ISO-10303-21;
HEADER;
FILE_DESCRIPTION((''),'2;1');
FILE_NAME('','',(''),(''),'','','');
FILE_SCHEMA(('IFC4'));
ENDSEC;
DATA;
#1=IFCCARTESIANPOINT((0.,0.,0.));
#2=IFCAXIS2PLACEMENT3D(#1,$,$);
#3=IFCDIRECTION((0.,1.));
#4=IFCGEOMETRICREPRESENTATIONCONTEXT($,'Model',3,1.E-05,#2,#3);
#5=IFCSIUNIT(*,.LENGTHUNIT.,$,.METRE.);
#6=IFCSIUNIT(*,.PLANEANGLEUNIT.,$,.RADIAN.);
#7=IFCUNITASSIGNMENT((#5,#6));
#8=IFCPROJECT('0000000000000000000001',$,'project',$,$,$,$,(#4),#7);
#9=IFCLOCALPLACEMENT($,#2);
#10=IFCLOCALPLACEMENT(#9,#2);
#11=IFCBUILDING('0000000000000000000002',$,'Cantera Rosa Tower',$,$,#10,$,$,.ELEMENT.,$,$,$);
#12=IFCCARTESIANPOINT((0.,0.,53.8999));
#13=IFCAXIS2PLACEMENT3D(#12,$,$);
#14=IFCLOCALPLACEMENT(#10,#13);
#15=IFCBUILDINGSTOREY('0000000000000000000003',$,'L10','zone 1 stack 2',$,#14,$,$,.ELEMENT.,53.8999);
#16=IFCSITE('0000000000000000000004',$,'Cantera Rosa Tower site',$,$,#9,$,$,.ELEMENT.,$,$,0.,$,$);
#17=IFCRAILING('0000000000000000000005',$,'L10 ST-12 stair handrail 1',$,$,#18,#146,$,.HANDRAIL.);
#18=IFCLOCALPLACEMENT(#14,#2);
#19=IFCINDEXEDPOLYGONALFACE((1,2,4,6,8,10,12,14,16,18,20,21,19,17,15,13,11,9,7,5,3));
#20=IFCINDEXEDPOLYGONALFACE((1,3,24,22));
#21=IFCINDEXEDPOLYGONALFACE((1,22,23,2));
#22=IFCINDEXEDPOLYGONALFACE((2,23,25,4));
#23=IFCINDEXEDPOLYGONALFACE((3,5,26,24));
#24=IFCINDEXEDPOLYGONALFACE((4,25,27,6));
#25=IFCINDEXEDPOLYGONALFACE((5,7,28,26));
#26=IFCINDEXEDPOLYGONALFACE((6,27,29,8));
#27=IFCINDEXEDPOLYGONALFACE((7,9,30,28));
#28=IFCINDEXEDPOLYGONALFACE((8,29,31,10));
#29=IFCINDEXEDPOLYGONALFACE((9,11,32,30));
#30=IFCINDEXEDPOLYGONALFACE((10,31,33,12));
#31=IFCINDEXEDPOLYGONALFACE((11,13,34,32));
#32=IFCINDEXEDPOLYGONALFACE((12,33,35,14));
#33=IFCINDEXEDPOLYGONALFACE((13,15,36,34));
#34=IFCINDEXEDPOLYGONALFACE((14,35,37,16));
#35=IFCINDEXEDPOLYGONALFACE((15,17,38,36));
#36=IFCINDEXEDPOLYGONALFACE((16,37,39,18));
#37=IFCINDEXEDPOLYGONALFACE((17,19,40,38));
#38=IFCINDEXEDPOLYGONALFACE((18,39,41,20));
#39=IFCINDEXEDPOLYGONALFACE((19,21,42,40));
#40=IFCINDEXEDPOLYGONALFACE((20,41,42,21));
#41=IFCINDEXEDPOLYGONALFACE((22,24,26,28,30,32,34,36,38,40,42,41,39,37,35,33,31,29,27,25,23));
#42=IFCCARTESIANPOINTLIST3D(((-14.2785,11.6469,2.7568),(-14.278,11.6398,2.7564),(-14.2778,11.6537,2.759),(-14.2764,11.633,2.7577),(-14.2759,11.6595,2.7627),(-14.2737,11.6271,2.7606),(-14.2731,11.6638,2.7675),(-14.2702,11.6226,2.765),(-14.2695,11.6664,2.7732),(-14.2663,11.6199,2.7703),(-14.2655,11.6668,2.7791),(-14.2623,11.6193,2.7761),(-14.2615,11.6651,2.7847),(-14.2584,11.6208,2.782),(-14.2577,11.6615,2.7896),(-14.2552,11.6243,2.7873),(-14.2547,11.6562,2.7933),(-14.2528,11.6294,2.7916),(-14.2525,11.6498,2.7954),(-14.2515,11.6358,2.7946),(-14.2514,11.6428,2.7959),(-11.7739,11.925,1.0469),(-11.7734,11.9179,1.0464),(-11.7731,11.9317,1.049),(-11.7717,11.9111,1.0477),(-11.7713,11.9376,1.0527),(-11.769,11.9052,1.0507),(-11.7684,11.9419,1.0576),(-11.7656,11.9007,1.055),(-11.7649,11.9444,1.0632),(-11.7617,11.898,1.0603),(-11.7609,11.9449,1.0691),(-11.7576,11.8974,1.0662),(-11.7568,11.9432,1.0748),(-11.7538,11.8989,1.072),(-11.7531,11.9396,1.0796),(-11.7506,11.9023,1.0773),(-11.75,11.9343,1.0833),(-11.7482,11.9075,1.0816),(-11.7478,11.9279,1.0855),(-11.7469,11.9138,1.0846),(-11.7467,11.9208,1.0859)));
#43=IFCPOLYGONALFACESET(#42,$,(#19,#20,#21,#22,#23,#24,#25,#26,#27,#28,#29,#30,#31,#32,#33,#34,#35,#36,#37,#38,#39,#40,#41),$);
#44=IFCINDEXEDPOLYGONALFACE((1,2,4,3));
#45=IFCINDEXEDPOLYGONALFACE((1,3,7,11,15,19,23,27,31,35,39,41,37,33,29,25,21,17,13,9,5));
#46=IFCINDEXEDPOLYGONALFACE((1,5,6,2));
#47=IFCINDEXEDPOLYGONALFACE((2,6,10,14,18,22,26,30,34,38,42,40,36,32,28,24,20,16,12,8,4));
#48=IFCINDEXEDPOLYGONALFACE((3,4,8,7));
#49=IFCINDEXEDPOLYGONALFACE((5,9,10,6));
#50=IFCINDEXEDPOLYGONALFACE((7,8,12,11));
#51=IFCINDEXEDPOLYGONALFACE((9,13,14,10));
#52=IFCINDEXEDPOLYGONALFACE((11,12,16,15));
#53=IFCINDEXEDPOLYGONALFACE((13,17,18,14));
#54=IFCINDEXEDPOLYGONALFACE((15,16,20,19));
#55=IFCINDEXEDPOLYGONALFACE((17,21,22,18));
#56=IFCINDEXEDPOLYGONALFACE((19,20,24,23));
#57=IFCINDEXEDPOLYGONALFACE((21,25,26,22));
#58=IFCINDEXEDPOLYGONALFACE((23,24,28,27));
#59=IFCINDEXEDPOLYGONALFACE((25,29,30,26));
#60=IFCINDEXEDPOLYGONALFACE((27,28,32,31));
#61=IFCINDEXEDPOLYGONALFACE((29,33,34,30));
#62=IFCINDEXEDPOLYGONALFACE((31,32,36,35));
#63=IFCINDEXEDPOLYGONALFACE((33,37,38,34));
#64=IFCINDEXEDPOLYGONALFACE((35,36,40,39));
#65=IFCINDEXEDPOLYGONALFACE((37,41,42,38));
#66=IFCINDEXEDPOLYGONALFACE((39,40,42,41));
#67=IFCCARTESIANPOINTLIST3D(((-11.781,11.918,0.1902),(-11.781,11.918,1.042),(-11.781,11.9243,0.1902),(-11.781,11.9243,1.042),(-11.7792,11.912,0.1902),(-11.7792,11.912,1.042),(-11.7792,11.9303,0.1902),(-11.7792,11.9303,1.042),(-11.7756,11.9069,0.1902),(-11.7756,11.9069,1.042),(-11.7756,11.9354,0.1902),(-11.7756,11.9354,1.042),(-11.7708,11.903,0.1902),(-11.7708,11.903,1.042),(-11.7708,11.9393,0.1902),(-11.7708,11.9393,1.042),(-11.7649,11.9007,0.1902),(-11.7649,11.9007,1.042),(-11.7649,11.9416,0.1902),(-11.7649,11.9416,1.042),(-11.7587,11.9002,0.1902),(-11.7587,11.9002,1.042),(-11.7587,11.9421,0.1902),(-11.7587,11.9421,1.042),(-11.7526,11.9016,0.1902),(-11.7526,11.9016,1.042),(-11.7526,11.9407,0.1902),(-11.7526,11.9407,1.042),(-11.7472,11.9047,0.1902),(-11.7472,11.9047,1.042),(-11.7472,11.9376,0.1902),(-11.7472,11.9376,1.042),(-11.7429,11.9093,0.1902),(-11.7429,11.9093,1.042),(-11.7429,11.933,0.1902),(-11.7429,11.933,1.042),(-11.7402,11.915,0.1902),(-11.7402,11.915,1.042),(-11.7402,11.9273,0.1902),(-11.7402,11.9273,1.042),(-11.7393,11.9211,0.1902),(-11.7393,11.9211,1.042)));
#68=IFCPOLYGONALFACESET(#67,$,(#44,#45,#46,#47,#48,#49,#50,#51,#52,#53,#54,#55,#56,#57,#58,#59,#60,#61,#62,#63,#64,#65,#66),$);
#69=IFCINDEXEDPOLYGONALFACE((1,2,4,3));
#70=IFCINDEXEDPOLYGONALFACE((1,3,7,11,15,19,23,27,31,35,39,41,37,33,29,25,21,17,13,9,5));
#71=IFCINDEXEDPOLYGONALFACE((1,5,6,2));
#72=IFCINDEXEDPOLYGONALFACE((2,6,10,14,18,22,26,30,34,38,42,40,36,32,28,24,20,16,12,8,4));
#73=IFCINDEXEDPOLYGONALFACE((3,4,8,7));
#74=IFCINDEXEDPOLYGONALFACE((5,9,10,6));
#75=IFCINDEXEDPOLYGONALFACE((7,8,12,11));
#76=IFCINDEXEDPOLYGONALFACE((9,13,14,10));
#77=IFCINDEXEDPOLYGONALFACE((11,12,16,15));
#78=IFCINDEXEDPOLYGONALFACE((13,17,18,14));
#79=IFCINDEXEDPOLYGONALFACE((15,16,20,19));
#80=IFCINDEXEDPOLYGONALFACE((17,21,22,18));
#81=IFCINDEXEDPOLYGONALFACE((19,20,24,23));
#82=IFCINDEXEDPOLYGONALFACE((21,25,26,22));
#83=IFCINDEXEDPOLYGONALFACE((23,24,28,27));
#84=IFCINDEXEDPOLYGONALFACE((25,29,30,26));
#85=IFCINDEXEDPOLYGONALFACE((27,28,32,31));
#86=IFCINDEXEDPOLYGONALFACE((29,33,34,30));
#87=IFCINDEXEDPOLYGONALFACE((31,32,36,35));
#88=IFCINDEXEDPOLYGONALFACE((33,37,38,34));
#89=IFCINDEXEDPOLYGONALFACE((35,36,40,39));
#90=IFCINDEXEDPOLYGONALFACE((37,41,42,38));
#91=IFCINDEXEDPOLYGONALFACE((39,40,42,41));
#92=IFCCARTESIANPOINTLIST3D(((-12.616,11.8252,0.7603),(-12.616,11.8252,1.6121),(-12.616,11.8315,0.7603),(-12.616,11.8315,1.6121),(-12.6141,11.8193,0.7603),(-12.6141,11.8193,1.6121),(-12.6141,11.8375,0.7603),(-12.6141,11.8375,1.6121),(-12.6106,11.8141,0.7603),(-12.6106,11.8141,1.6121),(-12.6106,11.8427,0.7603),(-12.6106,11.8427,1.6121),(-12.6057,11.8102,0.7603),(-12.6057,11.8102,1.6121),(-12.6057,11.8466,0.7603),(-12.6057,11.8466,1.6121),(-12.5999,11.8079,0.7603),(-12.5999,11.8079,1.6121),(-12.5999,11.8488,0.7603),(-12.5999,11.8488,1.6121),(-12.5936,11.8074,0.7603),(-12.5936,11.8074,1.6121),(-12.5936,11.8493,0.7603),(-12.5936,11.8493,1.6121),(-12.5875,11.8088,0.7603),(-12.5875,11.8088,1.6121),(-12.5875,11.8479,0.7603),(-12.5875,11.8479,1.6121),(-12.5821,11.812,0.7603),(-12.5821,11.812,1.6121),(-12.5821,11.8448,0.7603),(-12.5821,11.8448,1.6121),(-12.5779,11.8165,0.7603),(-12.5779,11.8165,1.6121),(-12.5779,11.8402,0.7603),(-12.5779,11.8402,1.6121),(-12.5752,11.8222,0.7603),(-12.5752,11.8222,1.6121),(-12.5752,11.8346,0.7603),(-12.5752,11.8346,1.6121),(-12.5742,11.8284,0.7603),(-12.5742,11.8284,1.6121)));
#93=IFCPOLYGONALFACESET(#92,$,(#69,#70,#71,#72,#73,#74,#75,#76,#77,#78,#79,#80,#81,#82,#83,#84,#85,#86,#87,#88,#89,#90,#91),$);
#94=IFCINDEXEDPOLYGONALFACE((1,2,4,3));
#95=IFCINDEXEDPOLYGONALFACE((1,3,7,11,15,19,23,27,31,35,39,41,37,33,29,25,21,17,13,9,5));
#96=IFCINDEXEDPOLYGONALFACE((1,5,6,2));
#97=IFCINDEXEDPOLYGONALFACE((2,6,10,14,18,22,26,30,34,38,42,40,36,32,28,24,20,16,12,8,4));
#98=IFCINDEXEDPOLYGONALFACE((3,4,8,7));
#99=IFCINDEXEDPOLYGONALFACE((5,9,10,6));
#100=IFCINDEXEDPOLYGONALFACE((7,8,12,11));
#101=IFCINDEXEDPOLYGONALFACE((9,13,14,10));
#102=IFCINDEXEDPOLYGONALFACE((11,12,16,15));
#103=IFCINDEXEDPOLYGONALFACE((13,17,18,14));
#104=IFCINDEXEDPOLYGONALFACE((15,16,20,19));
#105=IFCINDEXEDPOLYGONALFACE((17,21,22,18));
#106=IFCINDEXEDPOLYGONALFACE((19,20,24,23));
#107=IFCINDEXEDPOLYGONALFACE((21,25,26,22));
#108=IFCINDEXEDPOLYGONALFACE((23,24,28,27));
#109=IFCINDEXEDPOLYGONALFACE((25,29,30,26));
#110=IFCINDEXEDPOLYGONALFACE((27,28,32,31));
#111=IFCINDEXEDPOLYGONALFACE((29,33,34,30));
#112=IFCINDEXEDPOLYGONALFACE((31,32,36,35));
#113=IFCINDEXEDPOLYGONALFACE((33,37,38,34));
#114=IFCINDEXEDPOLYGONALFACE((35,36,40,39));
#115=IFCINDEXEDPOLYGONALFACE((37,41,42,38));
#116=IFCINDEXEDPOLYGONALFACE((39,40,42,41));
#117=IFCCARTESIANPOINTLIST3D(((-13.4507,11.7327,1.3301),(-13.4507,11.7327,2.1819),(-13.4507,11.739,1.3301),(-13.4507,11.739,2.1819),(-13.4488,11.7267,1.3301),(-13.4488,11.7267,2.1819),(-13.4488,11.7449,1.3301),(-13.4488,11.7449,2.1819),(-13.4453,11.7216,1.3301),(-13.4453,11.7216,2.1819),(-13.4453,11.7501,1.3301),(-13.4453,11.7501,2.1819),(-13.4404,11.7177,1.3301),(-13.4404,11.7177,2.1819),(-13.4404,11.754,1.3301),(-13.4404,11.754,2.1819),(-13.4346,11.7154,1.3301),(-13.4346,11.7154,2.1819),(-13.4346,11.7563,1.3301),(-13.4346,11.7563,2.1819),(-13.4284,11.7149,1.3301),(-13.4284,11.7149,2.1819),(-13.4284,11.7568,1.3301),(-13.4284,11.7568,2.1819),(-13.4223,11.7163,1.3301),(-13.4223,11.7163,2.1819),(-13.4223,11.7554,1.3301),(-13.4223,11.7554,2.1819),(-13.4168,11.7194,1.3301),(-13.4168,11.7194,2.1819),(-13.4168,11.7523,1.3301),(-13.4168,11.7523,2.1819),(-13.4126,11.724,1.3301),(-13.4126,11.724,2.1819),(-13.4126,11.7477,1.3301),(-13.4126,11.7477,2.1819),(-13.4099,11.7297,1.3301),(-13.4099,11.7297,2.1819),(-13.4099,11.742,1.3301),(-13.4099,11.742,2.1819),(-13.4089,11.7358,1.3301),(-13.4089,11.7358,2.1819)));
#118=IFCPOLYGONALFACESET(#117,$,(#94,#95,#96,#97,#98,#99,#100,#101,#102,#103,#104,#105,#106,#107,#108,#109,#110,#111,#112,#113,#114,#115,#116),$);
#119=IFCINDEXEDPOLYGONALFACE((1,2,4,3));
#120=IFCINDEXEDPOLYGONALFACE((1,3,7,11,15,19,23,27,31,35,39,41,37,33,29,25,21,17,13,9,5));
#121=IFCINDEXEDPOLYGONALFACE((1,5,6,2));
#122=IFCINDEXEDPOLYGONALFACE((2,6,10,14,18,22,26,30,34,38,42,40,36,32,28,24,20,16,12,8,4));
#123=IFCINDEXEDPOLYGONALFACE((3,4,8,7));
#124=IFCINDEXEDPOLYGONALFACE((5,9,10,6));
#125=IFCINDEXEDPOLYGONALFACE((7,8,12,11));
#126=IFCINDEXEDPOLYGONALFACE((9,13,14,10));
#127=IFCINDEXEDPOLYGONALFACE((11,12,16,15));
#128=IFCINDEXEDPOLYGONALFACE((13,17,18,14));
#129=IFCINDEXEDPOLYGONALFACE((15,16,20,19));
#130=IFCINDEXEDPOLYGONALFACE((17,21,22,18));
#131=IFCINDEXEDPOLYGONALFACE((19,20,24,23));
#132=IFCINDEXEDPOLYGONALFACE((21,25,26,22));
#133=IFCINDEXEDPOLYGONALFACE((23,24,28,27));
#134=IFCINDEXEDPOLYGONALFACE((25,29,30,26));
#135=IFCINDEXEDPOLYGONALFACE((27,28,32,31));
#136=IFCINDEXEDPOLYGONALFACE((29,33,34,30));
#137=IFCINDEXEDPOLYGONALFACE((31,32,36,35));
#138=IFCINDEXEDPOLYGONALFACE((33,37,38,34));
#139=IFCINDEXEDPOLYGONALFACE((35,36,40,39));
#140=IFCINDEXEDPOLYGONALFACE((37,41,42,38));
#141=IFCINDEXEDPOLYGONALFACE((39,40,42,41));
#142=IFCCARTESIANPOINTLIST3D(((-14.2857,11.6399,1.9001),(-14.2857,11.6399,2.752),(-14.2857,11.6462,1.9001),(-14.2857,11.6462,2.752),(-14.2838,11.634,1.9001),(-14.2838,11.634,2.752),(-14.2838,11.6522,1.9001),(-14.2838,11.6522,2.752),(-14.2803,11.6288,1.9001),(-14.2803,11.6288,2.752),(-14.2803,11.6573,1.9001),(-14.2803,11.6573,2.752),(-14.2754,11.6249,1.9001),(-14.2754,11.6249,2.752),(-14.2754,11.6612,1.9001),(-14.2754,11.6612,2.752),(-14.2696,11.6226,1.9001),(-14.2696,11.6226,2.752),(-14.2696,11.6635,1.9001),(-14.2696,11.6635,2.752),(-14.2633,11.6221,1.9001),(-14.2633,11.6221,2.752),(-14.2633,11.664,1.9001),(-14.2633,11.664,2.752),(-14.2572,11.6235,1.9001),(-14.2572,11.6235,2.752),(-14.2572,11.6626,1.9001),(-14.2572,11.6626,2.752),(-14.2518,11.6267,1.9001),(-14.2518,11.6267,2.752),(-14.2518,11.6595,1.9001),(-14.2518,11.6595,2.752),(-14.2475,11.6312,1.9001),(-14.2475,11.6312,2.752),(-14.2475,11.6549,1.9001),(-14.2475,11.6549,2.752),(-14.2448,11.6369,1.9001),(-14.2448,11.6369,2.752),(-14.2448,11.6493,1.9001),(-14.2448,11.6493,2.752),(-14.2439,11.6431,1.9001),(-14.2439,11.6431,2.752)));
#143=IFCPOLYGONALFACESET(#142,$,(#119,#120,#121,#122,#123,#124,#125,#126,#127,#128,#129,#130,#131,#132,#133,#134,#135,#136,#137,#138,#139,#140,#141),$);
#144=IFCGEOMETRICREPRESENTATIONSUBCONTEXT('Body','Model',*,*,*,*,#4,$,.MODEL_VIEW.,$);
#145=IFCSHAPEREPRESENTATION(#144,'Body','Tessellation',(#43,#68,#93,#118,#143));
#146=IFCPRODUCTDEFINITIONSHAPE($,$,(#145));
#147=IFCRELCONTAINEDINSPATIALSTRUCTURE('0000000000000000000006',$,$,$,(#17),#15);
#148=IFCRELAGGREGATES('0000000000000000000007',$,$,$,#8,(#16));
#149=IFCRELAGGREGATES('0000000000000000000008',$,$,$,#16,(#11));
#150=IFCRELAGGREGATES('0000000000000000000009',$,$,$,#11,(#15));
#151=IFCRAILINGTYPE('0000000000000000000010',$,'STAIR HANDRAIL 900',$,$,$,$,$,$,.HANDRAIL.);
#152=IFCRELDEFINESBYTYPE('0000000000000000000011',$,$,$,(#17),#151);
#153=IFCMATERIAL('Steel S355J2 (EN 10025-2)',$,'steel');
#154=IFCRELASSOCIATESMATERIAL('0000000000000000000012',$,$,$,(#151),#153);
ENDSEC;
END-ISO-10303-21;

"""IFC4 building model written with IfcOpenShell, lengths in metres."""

from ifc_helpers import new_model, si_unit, direction, frame, origin, origin_2d, place, context, subcontext, project, spatial, circle, extrude, material, type_object, element, save


model = new_model("IFC4")

# Units and contexts
model_context = context("Model", 3, precision=1e-05, world=origin(), true_north=direction((0.0, 1.0)))
body_context = subcontext(model_context, "Body", "Model", "MODEL_VIEW")
ifc_project = project(units=[si_unit("LENGTHUNIT", "METRE"), si_unit("PLANEANGLEUNIT", "RADIAN")], contexts=[model_context])

# Site, building, storey
site_placement = place(None, origin())
site = spatial("IfcSite", under=ifc_project, at=site_placement, Name="Cantera Rosa Tower site", CompositionType="ELEMENT", RefElevation=0.0)
building_placement = place(site_placement, origin())
building = spatial("IfcBuilding", under=site, at=building_placement, Name="Cantera Rosa Tower", CompositionType="ELEMENT")
storey_placement = place(building_placement, frame((0.0, 0.0, 53.8999)))
storey = spatial("IfcBuildingStorey", under=building, at=storey_placement, Name="L10", Description="zone 1 stack 2", CompositionType="ELEMENT", Elevation=53.8999)

# Railing
ifc_material_1 = material(Name="Steel S355J2 (EN 10025-2)", Category="steel")
railing_type_1 = type_object("IfcRailingType", Name="STAIR HANDRAIL 900", PredefinedType="HANDRAIL", material=ifc_material_1)
railing_1_placement = place(storey_placement, frame((-11.7603, 11.9211, 0.1902)))
element("IfcRailing", 1, at=railing_1_placement, inside=storey, type_object=railing_type_1, Name="L10 ST-12 stair handrail 1", PredefinedType="HANDRAIL", context=body_context, shape_type="SweptSolid", body=[
    extrude(circle(Radius=0.0239, at=origin_2d()), frame((0.0, 0.0, 0.876), z_axis=(-0.822431, -0.09131, 0.561488), x_axis=(0.110346, -0.993893, 0.0)), (0.0, 0.0, 1.0), 3.0454),
    extrude(circle(Radius=0.021, at=origin_2d()), origin(), (0.0, 0.0, 1.0), 0.8518),
    extrude(circle(Radius=0.021, at=origin_2d()), frame((-0.835, -0.0928, 0.5701)), (0.0, 0.0, 1.0), 0.8518),
    extrude(circle(Radius=0.021, at=origin_2d()), frame((-1.6697, -0.1853, 1.1399)), (0.0, 0.0, 1.0), 0.8518),
    extrude(circle(Radius=0.021, at=origin_2d()), frame((-2.5046, -0.2781, 1.71)), (0.0, 0.0, 1.0), 0.8518),
])

save(model, "model.ifc")
